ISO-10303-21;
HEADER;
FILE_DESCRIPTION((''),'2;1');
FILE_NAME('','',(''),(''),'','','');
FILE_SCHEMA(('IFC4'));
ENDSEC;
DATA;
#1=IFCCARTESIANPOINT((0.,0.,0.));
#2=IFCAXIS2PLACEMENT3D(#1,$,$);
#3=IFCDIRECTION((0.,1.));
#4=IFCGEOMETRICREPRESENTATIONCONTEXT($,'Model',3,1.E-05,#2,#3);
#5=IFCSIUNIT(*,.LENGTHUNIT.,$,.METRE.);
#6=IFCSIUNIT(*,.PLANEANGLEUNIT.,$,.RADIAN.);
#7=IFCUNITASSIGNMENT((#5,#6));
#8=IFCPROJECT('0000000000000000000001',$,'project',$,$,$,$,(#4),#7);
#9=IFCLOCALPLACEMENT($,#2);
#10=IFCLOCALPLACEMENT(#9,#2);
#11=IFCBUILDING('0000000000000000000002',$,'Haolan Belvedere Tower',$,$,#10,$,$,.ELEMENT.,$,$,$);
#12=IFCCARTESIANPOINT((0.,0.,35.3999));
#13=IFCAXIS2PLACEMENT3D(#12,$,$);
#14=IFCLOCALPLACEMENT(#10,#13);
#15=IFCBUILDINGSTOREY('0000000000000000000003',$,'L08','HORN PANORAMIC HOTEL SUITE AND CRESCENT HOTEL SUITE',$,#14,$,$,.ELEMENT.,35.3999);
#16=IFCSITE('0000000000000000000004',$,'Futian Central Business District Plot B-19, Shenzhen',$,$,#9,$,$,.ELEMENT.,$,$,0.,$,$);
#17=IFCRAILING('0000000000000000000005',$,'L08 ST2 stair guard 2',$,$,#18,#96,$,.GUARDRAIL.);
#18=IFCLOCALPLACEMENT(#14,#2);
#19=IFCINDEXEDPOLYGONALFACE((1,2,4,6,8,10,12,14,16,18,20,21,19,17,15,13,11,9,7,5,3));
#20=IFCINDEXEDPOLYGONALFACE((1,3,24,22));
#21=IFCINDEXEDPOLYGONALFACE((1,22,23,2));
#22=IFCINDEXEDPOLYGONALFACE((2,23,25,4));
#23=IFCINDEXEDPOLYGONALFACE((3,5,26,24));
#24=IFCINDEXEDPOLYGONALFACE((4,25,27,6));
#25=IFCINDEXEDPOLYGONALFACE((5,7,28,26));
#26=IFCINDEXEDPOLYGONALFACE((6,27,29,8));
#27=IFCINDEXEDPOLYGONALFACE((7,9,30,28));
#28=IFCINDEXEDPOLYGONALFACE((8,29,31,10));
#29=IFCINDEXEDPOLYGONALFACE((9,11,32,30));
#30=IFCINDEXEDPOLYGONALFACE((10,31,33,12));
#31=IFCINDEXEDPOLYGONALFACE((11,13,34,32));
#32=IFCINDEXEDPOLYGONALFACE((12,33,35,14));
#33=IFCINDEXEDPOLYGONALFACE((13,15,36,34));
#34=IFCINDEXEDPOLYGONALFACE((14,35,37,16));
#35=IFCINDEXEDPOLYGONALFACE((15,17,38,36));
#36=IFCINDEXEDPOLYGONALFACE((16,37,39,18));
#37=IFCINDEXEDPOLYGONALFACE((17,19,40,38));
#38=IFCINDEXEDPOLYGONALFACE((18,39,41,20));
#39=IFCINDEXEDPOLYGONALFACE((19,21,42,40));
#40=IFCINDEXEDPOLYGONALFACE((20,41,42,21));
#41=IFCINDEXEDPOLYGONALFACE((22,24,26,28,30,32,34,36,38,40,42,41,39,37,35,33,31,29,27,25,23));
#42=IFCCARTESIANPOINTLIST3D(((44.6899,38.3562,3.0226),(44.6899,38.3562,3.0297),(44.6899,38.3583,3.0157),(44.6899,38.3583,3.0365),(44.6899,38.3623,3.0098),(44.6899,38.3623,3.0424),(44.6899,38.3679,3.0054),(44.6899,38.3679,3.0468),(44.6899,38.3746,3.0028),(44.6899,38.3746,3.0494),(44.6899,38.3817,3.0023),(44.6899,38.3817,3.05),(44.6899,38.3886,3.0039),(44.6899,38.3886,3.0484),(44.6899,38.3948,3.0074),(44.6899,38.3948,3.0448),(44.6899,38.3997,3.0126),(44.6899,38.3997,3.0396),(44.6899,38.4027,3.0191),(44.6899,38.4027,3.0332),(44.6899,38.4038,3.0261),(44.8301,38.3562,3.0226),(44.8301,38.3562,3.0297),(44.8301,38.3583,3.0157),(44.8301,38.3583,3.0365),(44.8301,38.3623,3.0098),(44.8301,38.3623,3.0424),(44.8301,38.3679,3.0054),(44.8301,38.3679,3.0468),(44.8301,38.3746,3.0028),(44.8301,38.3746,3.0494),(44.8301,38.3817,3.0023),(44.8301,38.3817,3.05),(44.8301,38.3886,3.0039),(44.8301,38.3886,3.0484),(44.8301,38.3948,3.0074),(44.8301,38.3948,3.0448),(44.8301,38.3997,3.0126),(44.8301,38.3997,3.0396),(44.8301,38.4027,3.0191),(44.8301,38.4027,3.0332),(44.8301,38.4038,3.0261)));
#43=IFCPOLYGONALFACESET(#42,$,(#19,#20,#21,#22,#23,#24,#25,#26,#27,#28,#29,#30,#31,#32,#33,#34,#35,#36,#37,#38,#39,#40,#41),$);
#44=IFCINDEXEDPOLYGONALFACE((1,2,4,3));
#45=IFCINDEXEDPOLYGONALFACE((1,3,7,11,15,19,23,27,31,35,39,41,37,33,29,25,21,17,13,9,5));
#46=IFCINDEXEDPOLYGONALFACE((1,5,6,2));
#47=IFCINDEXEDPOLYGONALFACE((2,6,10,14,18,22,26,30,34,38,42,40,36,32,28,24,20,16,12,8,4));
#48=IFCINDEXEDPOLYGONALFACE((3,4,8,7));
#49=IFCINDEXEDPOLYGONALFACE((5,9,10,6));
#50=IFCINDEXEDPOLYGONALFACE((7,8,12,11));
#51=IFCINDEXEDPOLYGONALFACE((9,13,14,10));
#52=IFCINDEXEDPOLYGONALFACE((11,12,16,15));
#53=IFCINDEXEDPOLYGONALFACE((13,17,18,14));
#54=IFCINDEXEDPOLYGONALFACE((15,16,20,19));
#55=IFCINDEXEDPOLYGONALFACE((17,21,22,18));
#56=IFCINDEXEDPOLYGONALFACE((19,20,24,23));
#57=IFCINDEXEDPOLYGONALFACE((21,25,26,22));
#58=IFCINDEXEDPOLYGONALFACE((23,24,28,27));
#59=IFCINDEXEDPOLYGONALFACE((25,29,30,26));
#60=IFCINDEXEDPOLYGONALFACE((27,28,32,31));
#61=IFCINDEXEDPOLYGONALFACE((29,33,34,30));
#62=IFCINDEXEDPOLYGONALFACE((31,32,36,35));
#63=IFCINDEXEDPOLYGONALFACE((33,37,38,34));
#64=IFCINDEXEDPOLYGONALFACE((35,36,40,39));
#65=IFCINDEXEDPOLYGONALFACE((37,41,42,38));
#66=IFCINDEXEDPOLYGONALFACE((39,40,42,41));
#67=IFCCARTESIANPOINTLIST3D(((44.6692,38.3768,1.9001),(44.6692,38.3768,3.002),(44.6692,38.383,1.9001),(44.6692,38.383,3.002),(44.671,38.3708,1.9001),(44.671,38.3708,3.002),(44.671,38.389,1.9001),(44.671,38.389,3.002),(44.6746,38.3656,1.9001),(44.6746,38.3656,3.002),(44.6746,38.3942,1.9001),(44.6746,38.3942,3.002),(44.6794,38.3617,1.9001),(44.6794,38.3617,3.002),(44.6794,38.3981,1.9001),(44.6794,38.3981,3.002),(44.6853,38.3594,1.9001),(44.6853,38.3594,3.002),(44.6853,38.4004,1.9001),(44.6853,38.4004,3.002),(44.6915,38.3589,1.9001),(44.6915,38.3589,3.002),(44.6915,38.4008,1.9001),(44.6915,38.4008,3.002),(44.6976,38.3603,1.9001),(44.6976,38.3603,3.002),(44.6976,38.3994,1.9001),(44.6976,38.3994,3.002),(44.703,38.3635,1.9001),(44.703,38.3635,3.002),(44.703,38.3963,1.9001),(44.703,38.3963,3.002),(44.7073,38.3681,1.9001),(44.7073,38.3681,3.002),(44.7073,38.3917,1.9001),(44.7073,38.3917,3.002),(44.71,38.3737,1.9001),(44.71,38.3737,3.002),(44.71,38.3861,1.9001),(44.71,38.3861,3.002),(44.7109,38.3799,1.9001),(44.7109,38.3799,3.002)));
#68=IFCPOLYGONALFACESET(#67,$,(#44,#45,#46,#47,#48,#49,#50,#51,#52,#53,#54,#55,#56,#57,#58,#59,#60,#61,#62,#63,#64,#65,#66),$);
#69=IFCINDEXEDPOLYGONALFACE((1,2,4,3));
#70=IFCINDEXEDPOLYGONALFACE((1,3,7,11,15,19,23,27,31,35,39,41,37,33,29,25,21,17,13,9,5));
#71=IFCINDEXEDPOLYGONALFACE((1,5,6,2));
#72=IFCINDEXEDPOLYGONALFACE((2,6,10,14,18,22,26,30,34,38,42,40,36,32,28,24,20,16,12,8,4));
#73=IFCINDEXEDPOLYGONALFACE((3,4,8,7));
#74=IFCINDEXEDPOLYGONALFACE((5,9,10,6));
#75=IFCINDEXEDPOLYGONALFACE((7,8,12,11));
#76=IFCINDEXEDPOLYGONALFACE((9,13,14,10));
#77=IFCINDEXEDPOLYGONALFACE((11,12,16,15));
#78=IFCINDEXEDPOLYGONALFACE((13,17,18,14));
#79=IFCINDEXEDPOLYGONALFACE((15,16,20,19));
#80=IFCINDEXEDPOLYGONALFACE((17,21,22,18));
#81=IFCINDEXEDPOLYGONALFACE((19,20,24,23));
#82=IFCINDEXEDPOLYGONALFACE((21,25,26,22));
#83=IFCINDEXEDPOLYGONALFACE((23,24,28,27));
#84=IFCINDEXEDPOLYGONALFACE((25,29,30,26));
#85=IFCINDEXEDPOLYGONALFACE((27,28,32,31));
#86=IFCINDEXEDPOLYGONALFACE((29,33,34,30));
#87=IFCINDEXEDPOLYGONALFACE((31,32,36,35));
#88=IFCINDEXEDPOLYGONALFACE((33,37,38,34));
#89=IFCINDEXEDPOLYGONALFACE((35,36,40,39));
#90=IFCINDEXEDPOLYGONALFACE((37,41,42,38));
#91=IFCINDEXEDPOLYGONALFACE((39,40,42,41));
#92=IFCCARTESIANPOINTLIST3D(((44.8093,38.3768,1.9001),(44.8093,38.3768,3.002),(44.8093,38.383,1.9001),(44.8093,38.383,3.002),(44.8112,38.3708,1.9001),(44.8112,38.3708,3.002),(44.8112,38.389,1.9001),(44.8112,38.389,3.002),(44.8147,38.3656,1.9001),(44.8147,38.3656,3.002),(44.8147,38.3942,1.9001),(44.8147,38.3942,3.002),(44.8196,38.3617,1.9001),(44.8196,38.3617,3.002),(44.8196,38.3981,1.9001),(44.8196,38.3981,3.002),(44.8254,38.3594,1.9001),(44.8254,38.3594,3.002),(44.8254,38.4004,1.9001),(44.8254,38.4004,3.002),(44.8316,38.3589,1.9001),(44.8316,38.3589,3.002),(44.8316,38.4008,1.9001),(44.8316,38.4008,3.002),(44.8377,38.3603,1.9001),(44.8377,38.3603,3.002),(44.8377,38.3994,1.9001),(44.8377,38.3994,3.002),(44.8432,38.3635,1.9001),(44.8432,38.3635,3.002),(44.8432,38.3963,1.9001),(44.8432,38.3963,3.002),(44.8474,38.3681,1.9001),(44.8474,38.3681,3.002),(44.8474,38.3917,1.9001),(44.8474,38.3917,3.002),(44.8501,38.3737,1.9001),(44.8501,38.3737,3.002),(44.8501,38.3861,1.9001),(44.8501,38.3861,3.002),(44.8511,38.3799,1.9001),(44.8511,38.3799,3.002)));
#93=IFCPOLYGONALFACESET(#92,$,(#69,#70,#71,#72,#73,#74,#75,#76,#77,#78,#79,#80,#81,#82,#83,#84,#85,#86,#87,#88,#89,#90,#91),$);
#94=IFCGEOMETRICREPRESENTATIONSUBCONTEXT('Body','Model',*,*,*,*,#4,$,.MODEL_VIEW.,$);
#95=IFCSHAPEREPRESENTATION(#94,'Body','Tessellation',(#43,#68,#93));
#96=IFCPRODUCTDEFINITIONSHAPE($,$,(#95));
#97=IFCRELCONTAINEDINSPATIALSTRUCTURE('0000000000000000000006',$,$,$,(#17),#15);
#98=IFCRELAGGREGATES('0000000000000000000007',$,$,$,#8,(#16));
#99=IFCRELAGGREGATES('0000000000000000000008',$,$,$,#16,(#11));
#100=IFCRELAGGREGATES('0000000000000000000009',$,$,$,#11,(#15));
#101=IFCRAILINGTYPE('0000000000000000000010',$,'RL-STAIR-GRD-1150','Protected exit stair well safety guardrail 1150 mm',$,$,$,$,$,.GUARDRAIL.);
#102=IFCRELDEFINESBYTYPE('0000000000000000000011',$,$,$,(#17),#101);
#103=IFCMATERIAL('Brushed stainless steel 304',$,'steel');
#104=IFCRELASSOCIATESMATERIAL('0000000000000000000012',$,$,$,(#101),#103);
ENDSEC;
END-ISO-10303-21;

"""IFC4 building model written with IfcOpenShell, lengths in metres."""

from ifc_helpers import new_model, si_unit, direction, frame, origin, origin_2d, place, context, subcontext, project, spatial, circle, extrude, material, type_object, element, save


model = new_model("IFC4")

# Units and contexts
model_context = context("Model", 3, precision=1e-05, world=origin(), true_north=direction((0.0, 1.0)))
body_context = subcontext(model_context, "Body", "Model", "MODEL_VIEW")
ifc_project = project(units=[si_unit("LENGTHUNIT", "METRE"), si_unit("PLANEANGLEUNIT", "RADIAN")], contexts=[model_context])

# Site, building, storey
site_placement = place(None, origin())
site = spatial("IfcSite", under=ifc_project, at=site_placement, Name="Futian Central Business District Plot B-19, Shenzhen", CompositionType="ELEMENT", RefElevation=0.0)
building_placement = place(site_placement, origin())
building = spatial("IfcBuilding", under=site, at=building_placement, Name="Haolan Belvedere Tower", CompositionType="ELEMENT")
storey_placement = place(building_placement, frame((0.0, 0.0, 35.3999)))
storey = spatial("IfcBuildingStorey", under=building, at=storey_placement, Name="L08", Description="HORN PANORAMIC HOTEL SUITE AND CRESCENT HOTEL SUITE", CompositionType="ELEMENT", Elevation=35.3999)

# Railing
ifc_material_1 = material(Name="Brushed stainless steel 304", Category="steel")
railing_type_1 = type_object("IfcRailingType", Name="RL-STAIR-GRD-1150", Description="Protected exit stair well safety guardrail 1150 mm", PredefinedType="GUARDRAIL", material=ifc_material_1)
railing_1_placement = place(storey_placement, frame((44.6899, 38.3799, 1.9001)))
element("IfcRailing", 1, at=railing_1_placement, inside=storey, type_object=railing_type_1, Name="L08 ST2 stair guard 2", PredefinedType="GUARDRAIL", context=body_context, shape_type="SweptSolid", body=[
    extrude(circle(Radius=0.0239, at=origin_2d()), frame((0.0, 0.0, 1.126), z_axis=(1.0, 0.0, 0.0), x_axis=(0.0, 1.0, 0.0)), (0.0, 0.0, 1.0), 0.1401),
    extrude(circle(Radius=0.021, at=origin_2d()), origin(), (0.0, 0.0, 1.0), 1.1018),
    extrude(circle(Radius=0.021, at=origin_2d()), frame((0.1401, 0.0, 0.0)), (0.0, 0.0, 1.0), 1.1018),
])

save(model, "model.ifc")
